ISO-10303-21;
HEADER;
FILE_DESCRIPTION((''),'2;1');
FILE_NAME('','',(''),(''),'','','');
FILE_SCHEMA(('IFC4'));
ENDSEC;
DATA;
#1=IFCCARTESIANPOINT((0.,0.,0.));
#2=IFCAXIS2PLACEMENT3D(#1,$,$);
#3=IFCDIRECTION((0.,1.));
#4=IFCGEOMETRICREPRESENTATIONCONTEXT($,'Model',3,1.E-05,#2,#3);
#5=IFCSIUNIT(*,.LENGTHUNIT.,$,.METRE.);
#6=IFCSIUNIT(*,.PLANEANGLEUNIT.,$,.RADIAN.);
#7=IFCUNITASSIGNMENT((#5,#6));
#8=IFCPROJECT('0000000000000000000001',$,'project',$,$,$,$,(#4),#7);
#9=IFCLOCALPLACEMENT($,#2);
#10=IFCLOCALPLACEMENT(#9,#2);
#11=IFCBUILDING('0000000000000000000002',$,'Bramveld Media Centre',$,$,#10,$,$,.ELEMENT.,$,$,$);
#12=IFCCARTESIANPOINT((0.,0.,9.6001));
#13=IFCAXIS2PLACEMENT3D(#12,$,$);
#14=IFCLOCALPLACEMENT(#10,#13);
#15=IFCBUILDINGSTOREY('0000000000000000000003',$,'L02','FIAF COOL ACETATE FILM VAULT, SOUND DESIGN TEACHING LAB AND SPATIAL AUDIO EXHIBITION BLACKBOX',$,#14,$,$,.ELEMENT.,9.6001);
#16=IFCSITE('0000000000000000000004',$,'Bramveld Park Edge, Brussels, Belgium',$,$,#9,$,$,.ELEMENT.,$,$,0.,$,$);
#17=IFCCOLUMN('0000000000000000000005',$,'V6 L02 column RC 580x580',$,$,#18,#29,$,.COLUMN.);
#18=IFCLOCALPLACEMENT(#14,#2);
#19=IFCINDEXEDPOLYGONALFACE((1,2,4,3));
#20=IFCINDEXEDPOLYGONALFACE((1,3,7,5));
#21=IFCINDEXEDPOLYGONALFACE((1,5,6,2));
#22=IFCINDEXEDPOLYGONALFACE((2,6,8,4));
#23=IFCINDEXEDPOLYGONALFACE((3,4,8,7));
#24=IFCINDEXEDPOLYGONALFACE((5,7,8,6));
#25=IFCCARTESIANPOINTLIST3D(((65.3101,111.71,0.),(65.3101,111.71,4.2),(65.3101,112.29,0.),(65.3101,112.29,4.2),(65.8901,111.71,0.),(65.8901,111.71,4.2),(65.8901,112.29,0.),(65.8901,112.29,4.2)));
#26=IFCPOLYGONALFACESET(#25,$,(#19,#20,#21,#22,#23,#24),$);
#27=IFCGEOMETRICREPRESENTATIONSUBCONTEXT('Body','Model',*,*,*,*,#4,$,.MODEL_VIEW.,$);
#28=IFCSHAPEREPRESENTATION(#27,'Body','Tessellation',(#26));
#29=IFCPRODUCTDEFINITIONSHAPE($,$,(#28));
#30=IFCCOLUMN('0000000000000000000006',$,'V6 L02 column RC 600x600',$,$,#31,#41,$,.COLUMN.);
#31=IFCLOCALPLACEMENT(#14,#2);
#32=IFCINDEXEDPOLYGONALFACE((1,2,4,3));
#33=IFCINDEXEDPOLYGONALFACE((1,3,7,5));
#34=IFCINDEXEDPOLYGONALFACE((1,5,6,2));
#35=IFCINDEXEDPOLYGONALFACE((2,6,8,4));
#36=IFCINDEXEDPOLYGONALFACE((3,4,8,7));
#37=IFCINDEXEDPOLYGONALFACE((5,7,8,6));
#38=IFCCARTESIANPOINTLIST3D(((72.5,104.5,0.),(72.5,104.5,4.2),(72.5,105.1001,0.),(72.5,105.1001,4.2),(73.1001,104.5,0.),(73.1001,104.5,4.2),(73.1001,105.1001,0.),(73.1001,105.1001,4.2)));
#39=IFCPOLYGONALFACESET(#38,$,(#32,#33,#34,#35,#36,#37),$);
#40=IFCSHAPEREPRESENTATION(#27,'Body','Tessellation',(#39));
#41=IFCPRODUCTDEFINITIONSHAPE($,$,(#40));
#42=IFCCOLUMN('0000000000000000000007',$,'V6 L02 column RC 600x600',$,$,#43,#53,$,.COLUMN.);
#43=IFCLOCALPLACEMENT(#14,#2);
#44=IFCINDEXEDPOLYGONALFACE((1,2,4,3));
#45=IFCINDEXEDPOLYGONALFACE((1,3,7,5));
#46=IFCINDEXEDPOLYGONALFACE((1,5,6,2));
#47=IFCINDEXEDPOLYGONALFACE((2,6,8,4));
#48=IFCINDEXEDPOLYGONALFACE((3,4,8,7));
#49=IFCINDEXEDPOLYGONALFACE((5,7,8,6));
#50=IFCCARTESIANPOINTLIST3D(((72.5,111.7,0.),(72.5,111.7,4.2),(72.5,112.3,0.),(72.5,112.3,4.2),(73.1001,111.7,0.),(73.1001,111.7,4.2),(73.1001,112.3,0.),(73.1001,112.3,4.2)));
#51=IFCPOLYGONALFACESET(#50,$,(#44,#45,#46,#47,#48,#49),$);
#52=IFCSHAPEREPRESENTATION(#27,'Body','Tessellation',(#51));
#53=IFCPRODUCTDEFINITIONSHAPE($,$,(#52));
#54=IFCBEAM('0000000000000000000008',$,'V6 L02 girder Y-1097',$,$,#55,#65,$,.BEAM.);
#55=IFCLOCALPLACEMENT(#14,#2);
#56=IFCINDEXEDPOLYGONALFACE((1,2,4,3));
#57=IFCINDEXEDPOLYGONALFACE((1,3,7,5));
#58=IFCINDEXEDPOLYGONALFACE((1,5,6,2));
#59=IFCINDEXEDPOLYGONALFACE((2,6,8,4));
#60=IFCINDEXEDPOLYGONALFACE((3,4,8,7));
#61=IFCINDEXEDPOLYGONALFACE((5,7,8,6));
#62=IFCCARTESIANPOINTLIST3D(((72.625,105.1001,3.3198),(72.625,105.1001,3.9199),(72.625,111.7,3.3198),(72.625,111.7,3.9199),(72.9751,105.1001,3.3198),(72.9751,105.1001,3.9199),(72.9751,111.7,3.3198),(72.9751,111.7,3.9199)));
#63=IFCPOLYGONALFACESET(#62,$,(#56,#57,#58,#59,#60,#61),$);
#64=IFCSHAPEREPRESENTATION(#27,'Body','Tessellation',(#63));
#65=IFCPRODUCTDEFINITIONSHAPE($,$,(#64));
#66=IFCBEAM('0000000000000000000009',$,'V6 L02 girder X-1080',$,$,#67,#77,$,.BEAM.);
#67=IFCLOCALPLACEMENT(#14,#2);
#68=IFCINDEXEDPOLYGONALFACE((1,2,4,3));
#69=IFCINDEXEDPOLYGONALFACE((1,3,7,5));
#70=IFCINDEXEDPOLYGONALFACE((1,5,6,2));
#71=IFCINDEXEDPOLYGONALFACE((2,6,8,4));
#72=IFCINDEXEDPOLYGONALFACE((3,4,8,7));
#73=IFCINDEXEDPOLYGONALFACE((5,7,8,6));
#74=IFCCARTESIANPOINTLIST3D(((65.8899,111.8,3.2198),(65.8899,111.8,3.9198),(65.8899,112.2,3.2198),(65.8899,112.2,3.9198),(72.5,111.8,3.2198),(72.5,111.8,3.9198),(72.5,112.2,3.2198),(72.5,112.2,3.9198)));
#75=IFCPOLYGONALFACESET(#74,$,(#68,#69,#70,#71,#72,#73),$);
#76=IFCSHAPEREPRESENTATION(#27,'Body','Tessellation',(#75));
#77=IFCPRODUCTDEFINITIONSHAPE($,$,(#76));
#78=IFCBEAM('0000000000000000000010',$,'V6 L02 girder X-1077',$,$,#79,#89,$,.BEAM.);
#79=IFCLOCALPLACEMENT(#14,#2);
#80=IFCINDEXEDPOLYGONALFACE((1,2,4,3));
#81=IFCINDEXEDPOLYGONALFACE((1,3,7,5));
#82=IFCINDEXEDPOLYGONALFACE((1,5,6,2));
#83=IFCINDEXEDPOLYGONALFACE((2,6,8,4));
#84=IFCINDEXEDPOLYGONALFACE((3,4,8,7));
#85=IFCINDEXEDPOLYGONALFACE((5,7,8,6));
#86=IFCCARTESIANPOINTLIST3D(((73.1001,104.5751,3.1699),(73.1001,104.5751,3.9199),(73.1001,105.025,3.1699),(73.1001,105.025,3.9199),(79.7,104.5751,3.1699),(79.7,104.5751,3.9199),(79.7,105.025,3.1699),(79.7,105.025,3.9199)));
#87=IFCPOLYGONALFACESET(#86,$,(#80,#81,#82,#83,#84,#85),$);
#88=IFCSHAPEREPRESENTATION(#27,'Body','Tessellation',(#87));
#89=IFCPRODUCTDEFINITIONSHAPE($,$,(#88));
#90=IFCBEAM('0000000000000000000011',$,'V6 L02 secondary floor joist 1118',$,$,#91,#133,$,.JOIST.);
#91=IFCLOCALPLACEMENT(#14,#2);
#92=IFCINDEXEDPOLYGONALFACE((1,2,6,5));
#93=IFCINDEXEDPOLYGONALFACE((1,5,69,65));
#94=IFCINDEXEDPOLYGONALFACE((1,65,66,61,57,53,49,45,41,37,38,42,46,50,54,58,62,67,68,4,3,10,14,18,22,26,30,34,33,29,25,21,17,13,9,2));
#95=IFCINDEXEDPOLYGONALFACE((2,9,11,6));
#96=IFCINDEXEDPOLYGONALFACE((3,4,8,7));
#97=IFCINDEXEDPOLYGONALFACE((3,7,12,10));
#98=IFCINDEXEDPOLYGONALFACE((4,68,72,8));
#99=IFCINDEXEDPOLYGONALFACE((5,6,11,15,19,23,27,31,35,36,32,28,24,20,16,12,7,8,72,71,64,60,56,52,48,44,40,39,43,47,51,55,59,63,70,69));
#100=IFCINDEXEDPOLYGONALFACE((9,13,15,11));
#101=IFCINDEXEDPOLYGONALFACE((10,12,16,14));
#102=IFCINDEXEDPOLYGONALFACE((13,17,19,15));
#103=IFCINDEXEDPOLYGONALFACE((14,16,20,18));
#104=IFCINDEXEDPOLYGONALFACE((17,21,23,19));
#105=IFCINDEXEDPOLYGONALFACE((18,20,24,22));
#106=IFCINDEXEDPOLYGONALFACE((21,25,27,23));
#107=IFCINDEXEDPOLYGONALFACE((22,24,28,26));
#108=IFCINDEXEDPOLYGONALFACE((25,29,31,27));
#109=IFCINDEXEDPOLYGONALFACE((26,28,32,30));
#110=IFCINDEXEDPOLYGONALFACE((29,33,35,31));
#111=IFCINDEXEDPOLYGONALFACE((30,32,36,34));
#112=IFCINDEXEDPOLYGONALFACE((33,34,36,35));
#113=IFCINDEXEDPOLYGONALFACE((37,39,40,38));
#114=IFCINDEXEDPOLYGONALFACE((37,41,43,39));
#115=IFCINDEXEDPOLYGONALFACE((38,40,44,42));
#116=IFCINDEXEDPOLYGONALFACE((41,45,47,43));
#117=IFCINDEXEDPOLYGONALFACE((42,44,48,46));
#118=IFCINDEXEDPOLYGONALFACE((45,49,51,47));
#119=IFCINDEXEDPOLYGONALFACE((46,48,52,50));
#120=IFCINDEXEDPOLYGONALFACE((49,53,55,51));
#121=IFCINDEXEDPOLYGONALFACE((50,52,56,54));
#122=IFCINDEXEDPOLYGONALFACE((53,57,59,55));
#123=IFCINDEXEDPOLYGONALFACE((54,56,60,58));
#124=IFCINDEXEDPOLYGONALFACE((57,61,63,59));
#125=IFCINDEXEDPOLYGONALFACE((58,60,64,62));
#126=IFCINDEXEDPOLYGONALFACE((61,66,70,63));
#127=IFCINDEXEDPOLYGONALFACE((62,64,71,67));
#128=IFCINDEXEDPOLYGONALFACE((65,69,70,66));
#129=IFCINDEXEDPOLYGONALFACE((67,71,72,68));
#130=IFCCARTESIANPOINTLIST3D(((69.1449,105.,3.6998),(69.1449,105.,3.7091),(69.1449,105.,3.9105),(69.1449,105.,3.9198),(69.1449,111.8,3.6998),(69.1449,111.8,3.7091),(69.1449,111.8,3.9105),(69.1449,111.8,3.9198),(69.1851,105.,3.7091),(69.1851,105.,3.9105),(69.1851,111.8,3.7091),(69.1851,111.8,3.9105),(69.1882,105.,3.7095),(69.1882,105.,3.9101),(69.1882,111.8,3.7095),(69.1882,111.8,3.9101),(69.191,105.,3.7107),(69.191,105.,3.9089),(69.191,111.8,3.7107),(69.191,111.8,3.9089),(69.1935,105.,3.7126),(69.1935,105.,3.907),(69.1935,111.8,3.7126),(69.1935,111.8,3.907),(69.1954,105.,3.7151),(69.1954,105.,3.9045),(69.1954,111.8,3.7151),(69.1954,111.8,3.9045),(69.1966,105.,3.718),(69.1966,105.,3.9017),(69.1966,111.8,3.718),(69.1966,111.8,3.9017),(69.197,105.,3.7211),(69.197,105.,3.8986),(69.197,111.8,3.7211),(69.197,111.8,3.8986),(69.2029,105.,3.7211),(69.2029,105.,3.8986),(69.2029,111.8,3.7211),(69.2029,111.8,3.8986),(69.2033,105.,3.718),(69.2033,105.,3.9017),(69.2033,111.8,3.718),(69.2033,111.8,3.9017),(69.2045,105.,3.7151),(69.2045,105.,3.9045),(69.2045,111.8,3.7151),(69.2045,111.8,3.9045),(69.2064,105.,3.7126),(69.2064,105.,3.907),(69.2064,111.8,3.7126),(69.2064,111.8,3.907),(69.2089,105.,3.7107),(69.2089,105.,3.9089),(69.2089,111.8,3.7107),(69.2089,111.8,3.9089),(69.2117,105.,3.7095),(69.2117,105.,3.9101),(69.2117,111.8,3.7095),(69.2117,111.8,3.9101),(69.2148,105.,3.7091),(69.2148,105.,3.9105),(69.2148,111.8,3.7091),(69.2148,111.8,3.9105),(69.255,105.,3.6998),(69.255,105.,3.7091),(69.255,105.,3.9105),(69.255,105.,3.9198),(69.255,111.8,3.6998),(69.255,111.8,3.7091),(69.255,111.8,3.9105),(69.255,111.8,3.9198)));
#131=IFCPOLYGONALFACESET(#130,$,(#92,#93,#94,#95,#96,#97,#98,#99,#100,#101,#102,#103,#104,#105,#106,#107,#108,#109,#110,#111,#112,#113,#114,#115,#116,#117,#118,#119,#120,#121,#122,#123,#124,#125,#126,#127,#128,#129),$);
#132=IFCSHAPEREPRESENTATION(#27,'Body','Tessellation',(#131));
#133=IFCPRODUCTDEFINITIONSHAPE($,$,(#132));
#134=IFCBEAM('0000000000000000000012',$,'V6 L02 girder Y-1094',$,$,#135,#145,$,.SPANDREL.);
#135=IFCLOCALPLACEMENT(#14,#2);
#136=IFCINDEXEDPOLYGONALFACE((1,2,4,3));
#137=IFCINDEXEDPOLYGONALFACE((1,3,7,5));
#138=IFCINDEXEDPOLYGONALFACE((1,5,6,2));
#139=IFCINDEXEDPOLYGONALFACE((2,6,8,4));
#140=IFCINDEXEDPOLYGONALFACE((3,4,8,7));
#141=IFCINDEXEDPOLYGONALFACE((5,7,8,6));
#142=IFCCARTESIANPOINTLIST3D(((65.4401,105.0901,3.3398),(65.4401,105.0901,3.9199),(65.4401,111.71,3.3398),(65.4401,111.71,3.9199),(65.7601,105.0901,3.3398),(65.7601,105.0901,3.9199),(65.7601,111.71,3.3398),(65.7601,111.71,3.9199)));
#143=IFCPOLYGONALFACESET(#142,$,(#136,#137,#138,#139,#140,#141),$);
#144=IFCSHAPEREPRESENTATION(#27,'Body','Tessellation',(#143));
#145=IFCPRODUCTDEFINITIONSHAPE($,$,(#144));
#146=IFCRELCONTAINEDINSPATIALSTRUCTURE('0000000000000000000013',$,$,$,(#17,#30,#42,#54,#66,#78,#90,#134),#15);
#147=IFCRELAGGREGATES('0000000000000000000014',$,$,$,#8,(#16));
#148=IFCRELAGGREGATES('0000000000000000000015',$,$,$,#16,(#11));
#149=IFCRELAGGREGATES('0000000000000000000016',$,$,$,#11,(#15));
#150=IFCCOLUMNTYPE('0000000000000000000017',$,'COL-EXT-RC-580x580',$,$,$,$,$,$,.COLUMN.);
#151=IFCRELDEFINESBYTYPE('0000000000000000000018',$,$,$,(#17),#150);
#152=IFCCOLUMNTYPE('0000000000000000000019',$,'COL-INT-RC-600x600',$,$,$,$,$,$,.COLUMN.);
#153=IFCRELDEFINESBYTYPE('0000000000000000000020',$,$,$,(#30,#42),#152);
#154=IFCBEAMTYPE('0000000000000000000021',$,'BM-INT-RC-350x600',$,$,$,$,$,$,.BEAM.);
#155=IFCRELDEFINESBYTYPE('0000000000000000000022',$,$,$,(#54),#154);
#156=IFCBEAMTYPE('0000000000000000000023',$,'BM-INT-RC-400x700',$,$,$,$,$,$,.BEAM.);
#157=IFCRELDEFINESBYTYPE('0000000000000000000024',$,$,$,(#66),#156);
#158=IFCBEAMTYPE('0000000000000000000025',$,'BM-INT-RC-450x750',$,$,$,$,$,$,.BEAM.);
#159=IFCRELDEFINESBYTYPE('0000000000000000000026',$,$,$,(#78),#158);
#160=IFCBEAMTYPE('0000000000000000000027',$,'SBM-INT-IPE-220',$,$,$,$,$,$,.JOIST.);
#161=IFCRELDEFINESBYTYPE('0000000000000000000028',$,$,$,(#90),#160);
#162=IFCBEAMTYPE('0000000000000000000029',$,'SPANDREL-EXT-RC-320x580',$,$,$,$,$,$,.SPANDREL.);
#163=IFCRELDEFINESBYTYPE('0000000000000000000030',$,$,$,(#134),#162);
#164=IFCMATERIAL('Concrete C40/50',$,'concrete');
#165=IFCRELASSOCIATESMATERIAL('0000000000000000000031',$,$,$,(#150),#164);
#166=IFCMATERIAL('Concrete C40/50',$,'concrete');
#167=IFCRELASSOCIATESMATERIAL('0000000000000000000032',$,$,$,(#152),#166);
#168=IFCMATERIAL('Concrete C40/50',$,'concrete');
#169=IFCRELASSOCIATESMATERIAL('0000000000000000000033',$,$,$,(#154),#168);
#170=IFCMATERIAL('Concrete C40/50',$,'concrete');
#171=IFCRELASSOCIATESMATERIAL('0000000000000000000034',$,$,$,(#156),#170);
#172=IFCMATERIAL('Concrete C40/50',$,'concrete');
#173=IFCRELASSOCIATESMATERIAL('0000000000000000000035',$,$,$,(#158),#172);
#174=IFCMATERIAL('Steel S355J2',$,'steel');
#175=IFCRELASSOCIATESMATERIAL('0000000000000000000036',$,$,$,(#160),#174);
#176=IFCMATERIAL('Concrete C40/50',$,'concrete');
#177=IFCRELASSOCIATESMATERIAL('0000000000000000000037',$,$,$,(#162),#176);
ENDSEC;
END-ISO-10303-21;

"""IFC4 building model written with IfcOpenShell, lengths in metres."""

from ifc_helpers import new_model, si_unit, direction, frame, origin, origin_2d, place, context, subcontext, project, spatial, rectangle, i_section, extrude, material, material_profile, profile_set, type_object, element, save


model = new_model("IFC4")

# Units and contexts
model_context = context("Model", 3, precision=1e-05, world=origin(), true_north=direction((0.0, 1.0)))
body_context = subcontext(model_context, "Body", "Model", "MODEL_VIEW")
ifc_project = project(units=[si_unit("LENGTHUNIT", "METRE"), si_unit("PLANEANGLEUNIT", "RADIAN")], contexts=[model_context])

# Site, building, storey
site_placement = place(None, origin())
site = spatial("IfcSite", under=ifc_project, at=site_placement, Name="Bramveld Park Edge, Brussels, Belgium", CompositionType="ELEMENT", RefElevation=0.0)
building_placement = place(site_placement, origin())
building = spatial("IfcBuilding", under=site, at=building_placement, Name="Bramveld Media Centre", CompositionType="ELEMENT")
storey_placement = place(building_placement, frame((0.0, 0.0, 9.6001)))
storey = spatial("IfcBuildingStorey", under=building, at=storey_placement, Name="L02", Description="FIAF COOL ACETATE FILM VAULT, SOUND DESIGN TEACHING LAB AND SPATIAL AUDIO EXHIBITION BLACKBOX", CompositionType="ELEMENT", Elevation=9.6001)

# Columns
ifc_material_1 = material(Name="Concrete C40/50", Category="concrete")
ifc_material_profile_1 = material_profile(ifc_material_1, rectangle(XDim=0.5801, YDim=0.5801, at=origin_2d()), Name="RC 580x580")
ifc_profile_set_1 = profile_set([ifc_material_profile_1], Name="Concrete C40/50")
column_type_1 = type_object("IfcColumnType", Name="COL-EXT-RC-580x580", PredefinedType="COLUMN", material=ifc_profile_set_1)
column_placement = place(storey_placement, frame((65.6001, 112.0, 0.0), z_axis=(0.0, 0.0, 1.0), x_axis=(1.0, 0.0, 0.0)))
element("IfcColumn", 1, at=column_placement, inside=storey, type_object=column_type_1, Name="V6 L02 column RC 580x580", PredefinedType="COLUMN", context=body_context, shape_type="SweptSolid", body=[
    extrude(rectangle(XDim=0.5801, YDim=0.5801, at=origin_2d()), origin(), (0.0, 0.0, 1.0), 4.2),
])
ifc_material_2 = material(Name="Concrete C40/50", Category="concrete")
ifc_material_profile_2 = material_profile(ifc_material_2, rectangle(XDim=0.6001, YDim=0.6001, at=origin_2d()), Name="RC 600x600")
ifc_profile_set_2 = profile_set([ifc_material_profile_2], Name="Concrete C40/50")
column_type_2 = type_object("IfcColumnType", Name="COL-INT-RC-600x600", PredefinedType="COLUMN", material=ifc_profile_set_2)
for number, where, z_axis, x_axis, name in (
    (2, (72.8, 104.8, 0.0), (0.0, 0.0, 1.0), (1.0, 0.0, 0.0), "V6 L02 column RC 600x600"),
    (3, (72.8, 112.0, 0.0), (0.0, 0.0, 1.0), (1.0, 0.0, 0.0), "V6 L02 column RC 600x600"),
):
    element("IfcColumn", number, at=place(storey_placement, frame(where, z_axis=z_axis, x_axis=x_axis)), inside=storey, type_object=column_type_2, Name=name, PredefinedType="COLUMN", context=body_context, shape_type="SweptSolid", body=[
        extrude(rectangle(XDim=0.6001, YDim=0.6001, at=origin_2d()), origin(), (0.0, 0.0, 1.0), 4.2),
    ])

# Beams
ifc_material_3 = material(Name="Concrete C40/50", Category="concrete")
ifc_material_profile_3 = material_profile(ifc_material_3, rectangle(XDim=0.3501, YDim=0.6001, at=origin_2d()), Name="RC 350x600")
ifc_profile_set_3 = profile_set([ifc_material_profile_3], Name="Concrete C40/50")
beam_type_1 = type_object("IfcBeamType", Name="BM-INT-RC-350x600", PredefinedType="BEAM", material=ifc_profile_set_3)
beam_1_placement = place(storey_placement, frame((72.8, 105.1001, 3.6199), z_axis=(0.0, 1.0, 0.0), x_axis=(-1.0, 0.0, 0.0)))
element("IfcBeam", 4, at=beam_1_placement, inside=storey, type_object=beam_type_1, Name="V6 L02 girder Y-1097", PredefinedType="BEAM", context=body_context, shape_type="SweptSolid", body=[
    extrude(rectangle(XDim=0.3501, YDim=0.6001, at=origin_2d()), origin(), (0.0, 0.0, 1.0), 6.5999),
])
ifc_material_4 = material(Name="Concrete C40/50", Category="concrete")
ifc_material_profile_4 = material_profile(ifc_material_4, rectangle(XDim=0.3999, YDim=0.7, at=origin_2d()), Name="RC 400x700")
ifc_profile_set_4 = profile_set([ifc_material_profile_4], Name="Concrete C40/50")
beam_type_2 = type_object("IfcBeamType", Name="BM-INT-RC-400x700", PredefinedType="BEAM", material=ifc_profile_set_4)
beam_2_placement = place(storey_placement, frame((65.8899, 112.0, 3.5698), z_axis=(1.0, 0.0, 0.0), x_axis=(0.0, 1.0, 0.0)))
element("IfcBeam", 5, at=beam_2_placement, inside=storey, type_object=beam_type_2, Name="V6 L02 girder X-1080", PredefinedType="BEAM", context=body_context, shape_type="SweptSolid", body=[
    extrude(rectangle(XDim=0.3999, YDim=0.7, at=origin_2d()), origin(), (0.0, 0.0, 1.0), 6.6101),
])
ifc_material_5 = material(Name="Concrete C40/50", Category="concrete")
ifc_material_profile_5 = material_profile(ifc_material_5, rectangle(XDim=0.45, YDim=0.75, at=origin_2d()), Name="RC 450x750")
ifc_profile_set_5 = profile_set([ifc_material_profile_5], Name="Concrete C40/50")
beam_type_3 = type_object("IfcBeamType", Name="BM-INT-RC-450x750", PredefinedType="BEAM", material=ifc_profile_set_5)
beam_3_placement = place(storey_placement, frame((73.1001, 104.8, 3.5449), z_axis=(1.0, 0.0, 0.0), x_axis=(0.0, 1.0, 0.0)))
element("IfcBeam", 6, at=beam_3_placement, inside=storey, type_object=beam_type_3, Name="V6 L02 girder X-1077", PredefinedType="BEAM", context=body_context, shape_type="SweptSolid", body=[
    extrude(rectangle(XDim=0.45, YDim=0.75, at=origin_2d()), origin(), (0.0, 0.0, 1.0), 6.5999),
])
ifc_material_6 = material(Name="Steel S355J2", Category="steel")
ifc_material_profile_6 = material_profile(ifc_material_6, i_section(OverallWidth=0.1101, OverallDepth=0.22, WebThickness=0.0059, FlangeThickness=0.0093, FilletRadius=0.012, at=origin_2d()), Name="IPE 220")
ifc_profile_set_6 = profile_set([ifc_material_profile_6], Name="Steel S355J2")
beam_type_4 = type_object("IfcBeamType", Name="SBM-INT-IPE-220", PredefinedType="JOIST", material=ifc_profile_set_6)
beam_4_placement = place(storey_placement, frame((69.2, 105.0, 3.8098), z_axis=(0.0, 1.0, 0.0), x_axis=(-1.0, 0.0, 0.0)))
element("IfcBeam", 7, at=beam_4_placement, inside=storey, type_object=beam_type_4, Name="V6 L02 secondary floor joist 1118", PredefinedType="JOIST", context=body_context, shape_type="SweptSolid", body=[
    extrude(i_section(OverallWidth=0.1101, OverallDepth=0.22, WebThickness=0.0059, FlangeThickness=0.0093, FilletRadius=0.012, at=origin_2d()), origin(), (0.0, 0.0, 1.0), 6.8),
])
ifc_material_7 = material(Name="Concrete C40/50", Category="concrete")
ifc_material_profile_7 = material_profile(ifc_material_7, rectangle(XDim=0.3201, YDim=0.5801, at=origin_2d()), Name="RC 320x580")
ifc_profile_set_7 = profile_set([ifc_material_profile_7], Name="Concrete C40/50")
beam_type_5 = type_object("IfcBeamType", Name="SPANDREL-EXT-RC-320x580", PredefinedType="SPANDREL", material=ifc_profile_set_7)
beam_5_placement = place(storey_placement, frame((65.6001, 105.0901, 3.6299), z_axis=(0.0, 1.0, 0.0), x_axis=(-1.0, 0.0, 0.0)))
element("IfcBeam", 8, at=beam_5_placement, inside=storey, type_object=beam_type_5, Name="V6 L02 girder Y-1094", PredefinedType="SPANDREL", context=body_context, shape_type="SweptSolid", body=[
    extrude(rectangle(XDim=0.3201, YDim=0.5801, at=origin_2d()), origin(), (0.0, 0.0, 1.0), 6.6199),
])

save(model, "model.ifc")
